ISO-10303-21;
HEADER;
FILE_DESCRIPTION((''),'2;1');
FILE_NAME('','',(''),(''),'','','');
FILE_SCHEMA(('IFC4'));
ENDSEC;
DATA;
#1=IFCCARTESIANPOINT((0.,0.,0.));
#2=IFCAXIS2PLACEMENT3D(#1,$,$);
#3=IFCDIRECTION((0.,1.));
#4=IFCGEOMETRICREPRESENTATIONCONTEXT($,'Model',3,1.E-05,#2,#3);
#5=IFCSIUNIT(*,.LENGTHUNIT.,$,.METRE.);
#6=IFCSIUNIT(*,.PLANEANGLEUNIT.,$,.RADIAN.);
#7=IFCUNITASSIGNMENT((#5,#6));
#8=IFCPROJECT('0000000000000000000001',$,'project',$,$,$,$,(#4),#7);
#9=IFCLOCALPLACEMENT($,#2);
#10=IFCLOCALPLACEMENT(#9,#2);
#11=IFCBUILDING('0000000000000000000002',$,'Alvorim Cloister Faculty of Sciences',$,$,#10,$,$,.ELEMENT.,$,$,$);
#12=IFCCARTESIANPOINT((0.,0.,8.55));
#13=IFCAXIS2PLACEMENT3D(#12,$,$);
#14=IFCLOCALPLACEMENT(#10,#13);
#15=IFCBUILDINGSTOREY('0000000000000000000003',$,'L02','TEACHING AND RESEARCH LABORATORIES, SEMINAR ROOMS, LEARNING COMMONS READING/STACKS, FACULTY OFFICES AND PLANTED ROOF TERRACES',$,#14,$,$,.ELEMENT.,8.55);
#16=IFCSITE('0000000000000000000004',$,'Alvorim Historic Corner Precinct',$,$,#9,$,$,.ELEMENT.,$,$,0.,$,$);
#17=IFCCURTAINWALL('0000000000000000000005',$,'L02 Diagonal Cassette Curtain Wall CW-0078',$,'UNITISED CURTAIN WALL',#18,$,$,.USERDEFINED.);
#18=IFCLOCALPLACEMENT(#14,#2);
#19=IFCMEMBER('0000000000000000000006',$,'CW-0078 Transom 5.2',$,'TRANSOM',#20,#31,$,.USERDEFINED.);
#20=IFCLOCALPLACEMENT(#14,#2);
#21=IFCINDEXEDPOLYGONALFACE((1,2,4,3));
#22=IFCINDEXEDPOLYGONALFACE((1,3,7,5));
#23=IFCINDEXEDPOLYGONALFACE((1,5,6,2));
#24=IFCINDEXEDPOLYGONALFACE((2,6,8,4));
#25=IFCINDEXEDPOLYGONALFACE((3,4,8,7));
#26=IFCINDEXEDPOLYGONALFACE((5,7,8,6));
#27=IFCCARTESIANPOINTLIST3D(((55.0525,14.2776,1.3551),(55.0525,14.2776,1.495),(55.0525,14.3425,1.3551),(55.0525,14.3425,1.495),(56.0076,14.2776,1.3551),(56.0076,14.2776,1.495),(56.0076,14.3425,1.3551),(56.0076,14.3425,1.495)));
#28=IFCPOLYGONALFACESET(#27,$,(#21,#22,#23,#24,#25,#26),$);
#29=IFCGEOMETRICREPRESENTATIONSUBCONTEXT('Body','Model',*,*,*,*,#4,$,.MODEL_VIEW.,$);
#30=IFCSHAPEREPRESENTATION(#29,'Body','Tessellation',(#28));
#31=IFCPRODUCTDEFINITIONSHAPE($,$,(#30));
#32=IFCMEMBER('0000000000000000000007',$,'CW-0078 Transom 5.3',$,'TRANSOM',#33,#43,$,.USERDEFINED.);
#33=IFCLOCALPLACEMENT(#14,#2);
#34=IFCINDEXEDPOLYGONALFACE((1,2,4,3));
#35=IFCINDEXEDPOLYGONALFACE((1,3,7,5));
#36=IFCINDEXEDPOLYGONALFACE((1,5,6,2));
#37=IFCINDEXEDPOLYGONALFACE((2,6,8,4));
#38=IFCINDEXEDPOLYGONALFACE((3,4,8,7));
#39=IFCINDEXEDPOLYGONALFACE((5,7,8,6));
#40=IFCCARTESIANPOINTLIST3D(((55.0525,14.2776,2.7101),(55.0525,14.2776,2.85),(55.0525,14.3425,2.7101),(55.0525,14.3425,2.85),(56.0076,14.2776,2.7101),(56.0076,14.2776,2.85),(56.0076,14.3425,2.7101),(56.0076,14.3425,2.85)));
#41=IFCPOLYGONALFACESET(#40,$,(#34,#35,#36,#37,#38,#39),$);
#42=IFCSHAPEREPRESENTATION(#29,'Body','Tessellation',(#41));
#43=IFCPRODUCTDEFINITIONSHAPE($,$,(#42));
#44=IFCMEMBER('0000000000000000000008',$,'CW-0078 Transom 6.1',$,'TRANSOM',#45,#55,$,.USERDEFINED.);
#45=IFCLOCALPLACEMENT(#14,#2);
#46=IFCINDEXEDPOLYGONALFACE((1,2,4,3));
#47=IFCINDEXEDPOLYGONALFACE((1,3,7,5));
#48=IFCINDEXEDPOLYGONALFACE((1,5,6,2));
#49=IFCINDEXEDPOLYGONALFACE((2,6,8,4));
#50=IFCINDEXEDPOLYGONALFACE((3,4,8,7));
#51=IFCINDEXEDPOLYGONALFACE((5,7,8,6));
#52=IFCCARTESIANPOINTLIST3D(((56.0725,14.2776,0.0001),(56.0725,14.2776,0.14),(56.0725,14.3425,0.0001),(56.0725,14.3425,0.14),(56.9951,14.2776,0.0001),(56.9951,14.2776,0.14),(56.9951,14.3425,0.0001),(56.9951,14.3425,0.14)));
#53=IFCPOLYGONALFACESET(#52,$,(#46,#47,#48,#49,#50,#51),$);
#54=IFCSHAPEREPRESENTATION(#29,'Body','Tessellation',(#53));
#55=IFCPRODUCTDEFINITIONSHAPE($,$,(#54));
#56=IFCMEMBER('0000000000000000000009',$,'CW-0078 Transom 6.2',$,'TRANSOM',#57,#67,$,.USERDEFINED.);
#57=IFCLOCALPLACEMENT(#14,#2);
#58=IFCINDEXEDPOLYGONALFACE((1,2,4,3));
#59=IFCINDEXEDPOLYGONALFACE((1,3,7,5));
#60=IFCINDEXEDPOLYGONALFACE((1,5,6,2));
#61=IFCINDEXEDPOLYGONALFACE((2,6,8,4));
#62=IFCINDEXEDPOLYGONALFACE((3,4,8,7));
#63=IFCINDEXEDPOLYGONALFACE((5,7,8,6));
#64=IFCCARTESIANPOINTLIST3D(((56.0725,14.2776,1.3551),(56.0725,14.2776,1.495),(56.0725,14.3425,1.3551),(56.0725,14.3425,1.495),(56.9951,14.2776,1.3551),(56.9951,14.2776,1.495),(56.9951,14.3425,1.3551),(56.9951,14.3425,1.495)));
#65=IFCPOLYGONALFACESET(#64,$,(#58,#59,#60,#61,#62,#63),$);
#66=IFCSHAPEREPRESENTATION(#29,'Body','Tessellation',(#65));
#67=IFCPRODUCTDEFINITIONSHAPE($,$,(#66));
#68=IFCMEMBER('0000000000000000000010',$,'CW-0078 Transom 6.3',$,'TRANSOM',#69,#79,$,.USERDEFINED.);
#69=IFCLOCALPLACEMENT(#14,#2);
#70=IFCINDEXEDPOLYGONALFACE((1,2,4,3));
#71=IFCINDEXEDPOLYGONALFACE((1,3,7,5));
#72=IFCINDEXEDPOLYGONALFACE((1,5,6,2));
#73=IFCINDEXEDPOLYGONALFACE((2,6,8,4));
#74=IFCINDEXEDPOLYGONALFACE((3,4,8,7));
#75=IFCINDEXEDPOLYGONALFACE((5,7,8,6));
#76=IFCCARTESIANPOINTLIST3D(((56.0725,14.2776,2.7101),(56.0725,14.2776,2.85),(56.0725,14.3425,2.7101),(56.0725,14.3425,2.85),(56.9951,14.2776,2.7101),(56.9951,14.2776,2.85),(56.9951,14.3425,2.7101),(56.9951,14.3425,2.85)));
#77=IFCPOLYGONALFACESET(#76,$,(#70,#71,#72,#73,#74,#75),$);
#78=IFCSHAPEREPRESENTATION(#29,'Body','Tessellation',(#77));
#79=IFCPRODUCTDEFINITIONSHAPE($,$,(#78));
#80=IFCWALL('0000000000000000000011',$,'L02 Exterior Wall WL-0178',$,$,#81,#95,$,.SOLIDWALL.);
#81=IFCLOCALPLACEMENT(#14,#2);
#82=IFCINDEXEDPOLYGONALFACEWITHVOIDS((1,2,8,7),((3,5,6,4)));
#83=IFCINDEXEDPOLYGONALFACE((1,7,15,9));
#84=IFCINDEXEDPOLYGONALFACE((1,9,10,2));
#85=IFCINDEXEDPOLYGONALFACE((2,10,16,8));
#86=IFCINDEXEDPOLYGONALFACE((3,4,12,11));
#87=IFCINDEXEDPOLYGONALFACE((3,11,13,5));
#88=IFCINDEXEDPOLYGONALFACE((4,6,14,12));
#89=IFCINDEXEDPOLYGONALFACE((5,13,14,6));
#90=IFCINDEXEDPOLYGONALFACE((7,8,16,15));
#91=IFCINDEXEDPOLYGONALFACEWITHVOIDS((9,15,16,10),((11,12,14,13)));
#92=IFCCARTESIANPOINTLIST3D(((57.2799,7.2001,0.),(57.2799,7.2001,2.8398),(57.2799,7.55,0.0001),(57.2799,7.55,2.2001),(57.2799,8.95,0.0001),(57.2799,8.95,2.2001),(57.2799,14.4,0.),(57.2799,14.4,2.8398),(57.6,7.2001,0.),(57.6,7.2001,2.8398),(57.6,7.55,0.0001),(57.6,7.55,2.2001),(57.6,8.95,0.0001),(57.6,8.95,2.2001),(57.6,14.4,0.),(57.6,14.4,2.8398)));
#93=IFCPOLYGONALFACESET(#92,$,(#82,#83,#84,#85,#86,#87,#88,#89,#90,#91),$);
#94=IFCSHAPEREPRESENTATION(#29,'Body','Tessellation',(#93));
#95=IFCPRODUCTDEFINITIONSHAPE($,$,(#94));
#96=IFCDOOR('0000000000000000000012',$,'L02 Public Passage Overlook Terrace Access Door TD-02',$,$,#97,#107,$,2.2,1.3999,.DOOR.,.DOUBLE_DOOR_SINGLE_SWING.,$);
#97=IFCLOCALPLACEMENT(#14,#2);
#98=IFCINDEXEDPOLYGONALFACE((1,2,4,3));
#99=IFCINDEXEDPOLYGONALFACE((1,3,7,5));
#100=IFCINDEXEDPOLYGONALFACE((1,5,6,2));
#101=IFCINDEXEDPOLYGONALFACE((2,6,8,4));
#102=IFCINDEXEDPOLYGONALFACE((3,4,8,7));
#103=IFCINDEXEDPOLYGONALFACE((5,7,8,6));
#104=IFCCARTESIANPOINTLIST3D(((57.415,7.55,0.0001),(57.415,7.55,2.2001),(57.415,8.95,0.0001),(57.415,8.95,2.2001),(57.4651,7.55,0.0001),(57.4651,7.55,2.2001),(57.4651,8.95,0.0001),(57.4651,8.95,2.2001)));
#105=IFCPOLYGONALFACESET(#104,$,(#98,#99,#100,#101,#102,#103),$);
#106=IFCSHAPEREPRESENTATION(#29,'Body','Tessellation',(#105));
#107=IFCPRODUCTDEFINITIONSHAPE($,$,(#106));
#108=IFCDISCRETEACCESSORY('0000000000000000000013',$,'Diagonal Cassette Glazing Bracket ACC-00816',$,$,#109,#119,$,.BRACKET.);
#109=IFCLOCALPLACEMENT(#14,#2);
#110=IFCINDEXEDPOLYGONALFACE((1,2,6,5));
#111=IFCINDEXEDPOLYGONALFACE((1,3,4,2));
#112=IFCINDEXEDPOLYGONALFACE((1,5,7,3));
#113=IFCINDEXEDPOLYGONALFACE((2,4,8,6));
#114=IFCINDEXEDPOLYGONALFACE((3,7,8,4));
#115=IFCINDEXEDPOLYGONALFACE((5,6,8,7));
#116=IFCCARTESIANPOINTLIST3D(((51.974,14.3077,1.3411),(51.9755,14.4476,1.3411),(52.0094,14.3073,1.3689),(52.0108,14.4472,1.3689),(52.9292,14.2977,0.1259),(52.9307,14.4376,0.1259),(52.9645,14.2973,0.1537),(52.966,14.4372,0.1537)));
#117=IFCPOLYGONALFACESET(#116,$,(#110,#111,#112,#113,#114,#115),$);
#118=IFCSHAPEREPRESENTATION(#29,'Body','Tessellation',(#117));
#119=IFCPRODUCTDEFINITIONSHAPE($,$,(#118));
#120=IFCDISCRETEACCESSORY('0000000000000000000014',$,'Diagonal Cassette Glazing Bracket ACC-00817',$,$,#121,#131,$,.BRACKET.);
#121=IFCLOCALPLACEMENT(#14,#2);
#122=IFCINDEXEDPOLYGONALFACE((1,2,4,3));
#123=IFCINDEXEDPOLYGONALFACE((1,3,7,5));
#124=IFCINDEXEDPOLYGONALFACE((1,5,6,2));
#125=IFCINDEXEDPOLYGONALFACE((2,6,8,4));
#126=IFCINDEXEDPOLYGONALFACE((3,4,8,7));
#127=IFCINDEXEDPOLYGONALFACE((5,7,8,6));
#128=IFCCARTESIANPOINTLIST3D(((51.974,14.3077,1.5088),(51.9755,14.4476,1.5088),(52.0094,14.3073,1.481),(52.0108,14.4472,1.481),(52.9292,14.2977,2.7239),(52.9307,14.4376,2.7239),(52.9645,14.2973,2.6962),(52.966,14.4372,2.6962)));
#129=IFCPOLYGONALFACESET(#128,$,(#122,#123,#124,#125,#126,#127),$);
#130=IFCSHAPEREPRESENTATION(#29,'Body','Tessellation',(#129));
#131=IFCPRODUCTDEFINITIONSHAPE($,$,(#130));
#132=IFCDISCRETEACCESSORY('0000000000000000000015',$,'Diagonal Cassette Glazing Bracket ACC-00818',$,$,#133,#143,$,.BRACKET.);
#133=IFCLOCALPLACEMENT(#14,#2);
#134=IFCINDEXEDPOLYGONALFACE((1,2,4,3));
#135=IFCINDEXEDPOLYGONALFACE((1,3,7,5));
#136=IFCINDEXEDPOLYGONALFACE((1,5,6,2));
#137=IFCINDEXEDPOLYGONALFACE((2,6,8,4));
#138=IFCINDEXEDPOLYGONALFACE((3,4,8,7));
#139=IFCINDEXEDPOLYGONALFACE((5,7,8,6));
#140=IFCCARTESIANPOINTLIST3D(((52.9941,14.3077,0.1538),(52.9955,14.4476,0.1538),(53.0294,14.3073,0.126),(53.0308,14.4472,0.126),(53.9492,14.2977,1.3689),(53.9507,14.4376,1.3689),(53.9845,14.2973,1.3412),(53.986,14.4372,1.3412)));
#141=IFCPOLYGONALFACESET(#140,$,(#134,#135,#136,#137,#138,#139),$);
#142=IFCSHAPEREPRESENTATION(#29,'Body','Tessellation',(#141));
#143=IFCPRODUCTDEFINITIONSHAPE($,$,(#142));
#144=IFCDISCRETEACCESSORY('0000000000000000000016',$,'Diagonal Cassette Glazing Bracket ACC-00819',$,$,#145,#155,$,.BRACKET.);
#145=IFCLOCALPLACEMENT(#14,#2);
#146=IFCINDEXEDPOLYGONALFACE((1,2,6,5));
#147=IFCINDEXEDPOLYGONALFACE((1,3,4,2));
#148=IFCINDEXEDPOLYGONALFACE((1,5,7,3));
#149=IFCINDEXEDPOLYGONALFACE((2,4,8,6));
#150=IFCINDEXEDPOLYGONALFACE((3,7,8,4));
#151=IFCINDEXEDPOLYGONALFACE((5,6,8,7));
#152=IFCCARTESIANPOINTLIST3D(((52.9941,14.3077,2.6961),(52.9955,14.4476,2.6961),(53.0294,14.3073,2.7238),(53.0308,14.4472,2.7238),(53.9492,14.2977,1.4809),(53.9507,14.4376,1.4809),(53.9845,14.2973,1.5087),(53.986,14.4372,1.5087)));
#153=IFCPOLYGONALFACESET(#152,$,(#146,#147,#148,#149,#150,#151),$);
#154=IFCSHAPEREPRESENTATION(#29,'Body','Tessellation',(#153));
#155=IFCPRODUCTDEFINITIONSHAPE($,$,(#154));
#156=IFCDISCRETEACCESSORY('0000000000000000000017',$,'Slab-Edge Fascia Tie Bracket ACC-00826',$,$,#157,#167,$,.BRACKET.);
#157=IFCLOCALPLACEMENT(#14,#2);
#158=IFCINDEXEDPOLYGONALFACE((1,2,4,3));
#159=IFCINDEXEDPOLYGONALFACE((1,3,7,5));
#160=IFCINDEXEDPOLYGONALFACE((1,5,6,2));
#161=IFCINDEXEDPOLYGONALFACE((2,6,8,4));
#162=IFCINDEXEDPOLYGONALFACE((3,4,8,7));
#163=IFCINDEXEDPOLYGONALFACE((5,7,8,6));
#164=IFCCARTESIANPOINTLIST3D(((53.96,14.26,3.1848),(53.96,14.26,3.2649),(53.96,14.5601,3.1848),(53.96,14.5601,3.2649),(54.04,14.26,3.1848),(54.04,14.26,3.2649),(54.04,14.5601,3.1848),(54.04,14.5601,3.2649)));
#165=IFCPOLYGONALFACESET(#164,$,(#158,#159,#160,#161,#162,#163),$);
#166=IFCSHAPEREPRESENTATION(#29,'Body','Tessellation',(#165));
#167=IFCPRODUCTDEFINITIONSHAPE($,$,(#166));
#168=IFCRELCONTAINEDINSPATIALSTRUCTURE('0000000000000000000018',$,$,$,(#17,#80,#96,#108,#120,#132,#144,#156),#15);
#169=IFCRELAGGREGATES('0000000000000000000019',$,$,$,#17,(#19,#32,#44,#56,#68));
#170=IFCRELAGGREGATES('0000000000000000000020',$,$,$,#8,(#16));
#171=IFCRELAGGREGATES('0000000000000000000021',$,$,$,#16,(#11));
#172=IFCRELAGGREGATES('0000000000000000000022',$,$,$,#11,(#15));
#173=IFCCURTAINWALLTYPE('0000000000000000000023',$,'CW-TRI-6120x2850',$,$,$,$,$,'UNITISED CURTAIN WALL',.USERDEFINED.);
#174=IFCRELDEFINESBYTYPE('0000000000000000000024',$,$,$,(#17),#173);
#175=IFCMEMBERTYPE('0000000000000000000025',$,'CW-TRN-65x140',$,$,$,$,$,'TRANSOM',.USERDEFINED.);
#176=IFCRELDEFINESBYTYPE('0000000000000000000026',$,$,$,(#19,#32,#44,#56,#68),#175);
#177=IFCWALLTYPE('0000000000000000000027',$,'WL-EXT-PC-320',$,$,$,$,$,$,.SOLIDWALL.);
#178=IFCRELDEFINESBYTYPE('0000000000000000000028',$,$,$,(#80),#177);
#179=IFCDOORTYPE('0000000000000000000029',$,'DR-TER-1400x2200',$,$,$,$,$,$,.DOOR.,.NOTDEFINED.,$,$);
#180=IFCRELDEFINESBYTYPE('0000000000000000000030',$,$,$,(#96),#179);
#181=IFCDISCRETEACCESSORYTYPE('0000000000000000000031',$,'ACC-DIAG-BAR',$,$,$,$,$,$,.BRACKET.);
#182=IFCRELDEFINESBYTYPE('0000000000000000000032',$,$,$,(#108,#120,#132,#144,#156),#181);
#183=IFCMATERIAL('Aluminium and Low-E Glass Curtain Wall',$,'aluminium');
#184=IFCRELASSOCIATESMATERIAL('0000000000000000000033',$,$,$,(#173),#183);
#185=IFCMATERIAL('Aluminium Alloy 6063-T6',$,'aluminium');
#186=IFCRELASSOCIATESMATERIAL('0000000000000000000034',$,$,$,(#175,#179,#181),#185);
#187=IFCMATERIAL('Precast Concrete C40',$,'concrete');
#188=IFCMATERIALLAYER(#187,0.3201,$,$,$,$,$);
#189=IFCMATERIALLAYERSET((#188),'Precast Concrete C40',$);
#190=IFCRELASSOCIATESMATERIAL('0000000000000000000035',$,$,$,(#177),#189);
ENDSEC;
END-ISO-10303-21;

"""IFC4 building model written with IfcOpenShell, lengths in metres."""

from ifc_helpers import new_model, si_unit, direction, frame, frame_2d, origin, origin_2d, place, context, subcontext, project, spatial, rectangle, extrude, material, layer, layer_set, material_profile, profile_set, type_object, element, fill, aggregate, save


model = new_model("IFC4")

# Units and contexts
model_context = context("Model", 3, precision=1e-05, world=origin(), true_north=direction((0.0, 1.0)))
body_context = subcontext(model_context, "Body", "Model", "MODEL_VIEW")
ifc_project = project(units=[si_unit("LENGTHUNIT", "METRE"), si_unit("PLANEANGLEUNIT", "RADIAN")], contexts=[model_context])

# Site, building, storey
site_placement = place(None, origin())
site = spatial("IfcSite", under=ifc_project, at=site_placement, Name="Alvorim Historic Corner Precinct", CompositionType="ELEMENT", RefElevation=0.0)
building_placement = place(site_placement, origin())
building = spatial("IfcBuilding", under=site, at=building_placement, Name="Alvorim Cloister Faculty of Sciences", CompositionType="ELEMENT")
storey_placement = place(building_placement, frame((0.0, 0.0, 8.55)))
storey = spatial("IfcBuildingStorey", under=building, at=storey_placement, Name="L02", Description="TEACHING AND RESEARCH LABORATORIES, SEMINAR ROOMS, LEARNING COMMONS READING/STACKS, FACULTY OFFICES AND PLANTED ROOF TERRACES", CompositionType="ELEMENT", Elevation=8.55)

# Curtain wall, members
ifc_material_1 = material(Name="Aluminium and Low-E Glass Curtain Wall", Category="aluminium")
curtain_wall_type = type_object("IfcCurtainWallType", Name="CW-TRI-6120x2850", ElementType="UNITISED CURTAIN WALL", PredefinedType="USERDEFINED", material=ifc_material_1)
curtain_wall_placement = place(storey_placement, origin())
curtain_wall = element("IfcCurtainWall", 1, at=curtain_wall_placement, inside=storey, type_object=curtain_wall_type, Name="L02 Diagonal Cassette Curtain Wall CW-0078", ObjectType="UNITISED CURTAIN WALL", PredefinedType="USERDEFINED")
ifc_material_2 = material(Name="Aluminium Alloy 6063-T6", Category="aluminium")
ifc_material_profile_1 = material_profile(ifc_material_2, rectangle(XDim=0.0649, YDim=0.1399, at=origin_2d()), Name="ALU-TRN-65x140")
ifc_profile_set_1 = profile_set([ifc_material_profile_1], Name="Aluminium Alloy 6063-T6")
member_type_1 = type_object("IfcMemberType", Name="CW-TRN-65x140", ElementType="TRANSOM", PredefinedType="USERDEFINED", material=ifc_profile_set_1)
member_1_placement = place(storey_placement, frame((55.0525, 14.3101, 1.425), z_axis=(1.0, 0.0, 0.0), x_axis=(0.0, 1.0, 0.0)))
member_1 = element("IfcMember", 2, at=member_1_placement, type_object=member_type_1, Name="CW-0078 Transom 5.2", ObjectType="TRANSOM", PredefinedType="USERDEFINED", context=body_context, shape_type="SweptSolid", body=[
    extrude(rectangle(XDim=0.0649, YDim=0.1399, at=origin_2d()), origin(), (0.0, 0.0, 1.0), 0.9551),
])
member_2_placement = place(storey_placement, frame((55.0525, 14.3101, 2.78), z_axis=(1.0, 0.0, 0.0), x_axis=(0.0, 1.0, 0.0)))
member_2 = element("IfcMember", 3, at=member_2_placement, type_object=member_type_1, Name="CW-0078 Transom 5.3", ObjectType="TRANSOM", PredefinedType="USERDEFINED", context=body_context, shape_type="SweptSolid", body=[
    extrude(rectangle(XDim=0.0649, YDim=0.1399, at=origin_2d()), origin(), (0.0, 0.0, 1.0), 0.9551),
])
member_3_placement = place(storey_placement, frame((56.0725, 14.3101, 0.0701), z_axis=(1.0, 0.0, 0.0), x_axis=(0.0, 1.0, 0.0)))
member_3 = element("IfcMember", 4, at=member_3_placement, type_object=member_type_1, Name="CW-0078 Transom 6.1", ObjectType="TRANSOM", PredefinedType="USERDEFINED", context=body_context, shape_type="SweptSolid", body=[
    extrude(rectangle(XDim=0.0649, YDim=0.1399, at=origin_2d()), origin(), (0.0, 0.0, 1.0), 0.9226),
])
member_4_placement = place(storey_placement, frame((56.0725, 14.3101, 1.425), z_axis=(1.0, 0.0, 0.0), x_axis=(0.0, 1.0, 0.0)))
member_4 = element("IfcMember", 5, at=member_4_placement, type_object=member_type_1, Name="CW-0078 Transom 6.2", ObjectType="TRANSOM", PredefinedType="USERDEFINED", context=body_context, shape_type="SweptSolid", body=[
    extrude(rectangle(XDim=0.0649, YDim=0.1399, at=origin_2d()), origin(), (0.0, 0.0, 1.0), 0.9226),
])
member_5_placement = place(storey_placement, frame((56.0725, 14.3101, 2.78), z_axis=(1.0, 0.0, 0.0), x_axis=(0.0, 1.0, 0.0)))
member_5 = element("IfcMember", 6, at=member_5_placement, type_object=member_type_1, Name="CW-0078 Transom 6.3", ObjectType="TRANSOM", PredefinedType="USERDEFINED", context=body_context, shape_type="SweptSolid", body=[
    extrude(rectangle(XDim=0.0649, YDim=0.1399, at=origin_2d()), origin(), (0.0, 0.0, 1.0), 0.9226),
])
aggregate(curtain_wall, [member_1, member_2, member_3, member_4, member_5])

# Wall, opening, door
ifc_material_3 = material(Name="Precast Concrete C40", Category="concrete")
ifc_layer = layer(ifc_material_3, 0.3201)
ifc_layer_set = layer_set([ifc_layer], Name="Precast Concrete C40")
wall_type = type_object("IfcWallType", Name="WL-EXT-PC-320", PredefinedType="SOLIDWALL", material=ifc_layer_set)
wall_placement = place(storey_placement, frame((57.4399, 7.2, 0.0), z_axis=(0.0, 0.0, 1.0), x_axis=(0.0, 1.0, 0.0)))
wall = element("IfcWall", 7, at=wall_placement, inside=storey, type_object=wall_type, Name="L02 Exterior Wall WL-0178", PredefinedType="SOLIDWALL", context=body_context, shape_type="SweptSolid", body=[
    extrude(rectangle(XDim=7.2, YDim=0.3201, at=frame_2d((3.6001, 0.0))), origin(), (0.0, 0.0, 1.0), 2.8398),
])
opening_placement = place(wall_placement, frame((0.3501, 0.0, 0.0)))
opening = element("IfcOpeningElement", 8, at=opening_placement, cuts=wall, PredefinedType="OPENING", context=body_context, shape_type="SweptSolid", body=[
    extrude(rectangle(XDim=1.3999, YDim=2.2, at=frame_2d((0.7, 1.1001))), frame((0.0, 0.1719, 0.0), z_axis=(0.0, -1.0, 0.0), x_axis=(1.0, 0.0, 0.0)), (0.0, 0.0, 1.0), 0.344),
])
door_type = type_object("IfcDoorType", Name="DR-TER-1400x2200", OperationType="NOTDEFINED", PredefinedType="DOOR", material=ifc_material_2)
door_placement = place(opening_placement, origin())
door = element("IfcDoor", 9, at=door_placement, inside=storey, type_object=door_type, Name="L02 Public Passage Overlook Terrace Access Door TD-02", OperationType="DOUBLE_DOOR_SINGLE_SWING", OverallHeight=2.2, OverallWidth=1.3999, PredefinedType="DOOR", context=body_context, shape_type="SweptSolid", body=[
    extrude(rectangle(XDim=1.3999, YDim=2.2, at=frame_2d((0.7, 1.1001))), frame((0.0, 0.0249, 0.0), z_axis=(0.0, -1.0, 0.0), x_axis=(1.0, 0.0, 0.0)), (0.0, 0.0, 1.0), 0.05),
])
fill(opening, door)

# Discrete accessories
discrete_accessory_type = type_object("IfcDiscreteAccessoryType", Name="ACC-DIAG-BAR", PredefinedType="BRACKET", material=ifc_material_2)
for number, where, z_axis, x_axis, name in (
    (10, (51.9924, 14.3774, 1.355), (0.617955, -0.006477, -0.786187), (0.01048, 0.999945, 0.0), "Diagonal Cassette Glazing Bracket ACC-00816"),
    (11, (51.9924, 14.3774, 1.4949), (0.617955, -0.006477, 0.786187), (0.01048, 0.999945, 0.0), "Diagonal Cassette Glazing Bracket ACC-00817"),
    (12, (53.0125, 14.3774, 0.1399), (0.617955, -0.006477, 0.786187), (0.01048, 0.999945, 0.0), "Diagonal Cassette Glazing Bracket ACC-00818"),
    (13, (53.0125, 14.3774, 2.71), (0.617955, -0.006477, -0.786187), (0.01048, 0.999945, 0.0), "Diagonal Cassette Glazing Bracket ACC-00819"),
):
    element("IfcDiscreteAccessory", number, at=place(storey_placement, frame(where, z_axis=z_axis, x_axis=x_axis)), inside=storey, type_object=discrete_accessory_type, Name=name, PredefinedType="BRACKET", context=body_context, shape_type="SweptSolid", body=[
        extrude(rectangle(XDim=0.1399, YDim=0.0449, at=origin_2d()), origin(), (0.0, 0.0, 1.0), 1.5457),
    ])
discrete_accessory_placement = place(storey_placement, frame((54.0, 14.26, 3.2249), z_axis=(0.0, 1.0, 0.0), x_axis=(-1.0, 0.0, 0.0)))
element("IfcDiscreteAccessory", 14, at=discrete_accessory_placement, inside=storey, type_object=discrete_accessory_type, Name="Slab-Edge Fascia Tie Bracket ACC-00826", PredefinedType="BRACKET", context=body_context, shape_type="SweptSolid", body=[
    extrude(rectangle(XDim=0.0801, YDim=0.0801, at=origin_2d()), origin(), (0.0, 0.0, 1.0), 0.3),
])

save(model, "model.ifc")
